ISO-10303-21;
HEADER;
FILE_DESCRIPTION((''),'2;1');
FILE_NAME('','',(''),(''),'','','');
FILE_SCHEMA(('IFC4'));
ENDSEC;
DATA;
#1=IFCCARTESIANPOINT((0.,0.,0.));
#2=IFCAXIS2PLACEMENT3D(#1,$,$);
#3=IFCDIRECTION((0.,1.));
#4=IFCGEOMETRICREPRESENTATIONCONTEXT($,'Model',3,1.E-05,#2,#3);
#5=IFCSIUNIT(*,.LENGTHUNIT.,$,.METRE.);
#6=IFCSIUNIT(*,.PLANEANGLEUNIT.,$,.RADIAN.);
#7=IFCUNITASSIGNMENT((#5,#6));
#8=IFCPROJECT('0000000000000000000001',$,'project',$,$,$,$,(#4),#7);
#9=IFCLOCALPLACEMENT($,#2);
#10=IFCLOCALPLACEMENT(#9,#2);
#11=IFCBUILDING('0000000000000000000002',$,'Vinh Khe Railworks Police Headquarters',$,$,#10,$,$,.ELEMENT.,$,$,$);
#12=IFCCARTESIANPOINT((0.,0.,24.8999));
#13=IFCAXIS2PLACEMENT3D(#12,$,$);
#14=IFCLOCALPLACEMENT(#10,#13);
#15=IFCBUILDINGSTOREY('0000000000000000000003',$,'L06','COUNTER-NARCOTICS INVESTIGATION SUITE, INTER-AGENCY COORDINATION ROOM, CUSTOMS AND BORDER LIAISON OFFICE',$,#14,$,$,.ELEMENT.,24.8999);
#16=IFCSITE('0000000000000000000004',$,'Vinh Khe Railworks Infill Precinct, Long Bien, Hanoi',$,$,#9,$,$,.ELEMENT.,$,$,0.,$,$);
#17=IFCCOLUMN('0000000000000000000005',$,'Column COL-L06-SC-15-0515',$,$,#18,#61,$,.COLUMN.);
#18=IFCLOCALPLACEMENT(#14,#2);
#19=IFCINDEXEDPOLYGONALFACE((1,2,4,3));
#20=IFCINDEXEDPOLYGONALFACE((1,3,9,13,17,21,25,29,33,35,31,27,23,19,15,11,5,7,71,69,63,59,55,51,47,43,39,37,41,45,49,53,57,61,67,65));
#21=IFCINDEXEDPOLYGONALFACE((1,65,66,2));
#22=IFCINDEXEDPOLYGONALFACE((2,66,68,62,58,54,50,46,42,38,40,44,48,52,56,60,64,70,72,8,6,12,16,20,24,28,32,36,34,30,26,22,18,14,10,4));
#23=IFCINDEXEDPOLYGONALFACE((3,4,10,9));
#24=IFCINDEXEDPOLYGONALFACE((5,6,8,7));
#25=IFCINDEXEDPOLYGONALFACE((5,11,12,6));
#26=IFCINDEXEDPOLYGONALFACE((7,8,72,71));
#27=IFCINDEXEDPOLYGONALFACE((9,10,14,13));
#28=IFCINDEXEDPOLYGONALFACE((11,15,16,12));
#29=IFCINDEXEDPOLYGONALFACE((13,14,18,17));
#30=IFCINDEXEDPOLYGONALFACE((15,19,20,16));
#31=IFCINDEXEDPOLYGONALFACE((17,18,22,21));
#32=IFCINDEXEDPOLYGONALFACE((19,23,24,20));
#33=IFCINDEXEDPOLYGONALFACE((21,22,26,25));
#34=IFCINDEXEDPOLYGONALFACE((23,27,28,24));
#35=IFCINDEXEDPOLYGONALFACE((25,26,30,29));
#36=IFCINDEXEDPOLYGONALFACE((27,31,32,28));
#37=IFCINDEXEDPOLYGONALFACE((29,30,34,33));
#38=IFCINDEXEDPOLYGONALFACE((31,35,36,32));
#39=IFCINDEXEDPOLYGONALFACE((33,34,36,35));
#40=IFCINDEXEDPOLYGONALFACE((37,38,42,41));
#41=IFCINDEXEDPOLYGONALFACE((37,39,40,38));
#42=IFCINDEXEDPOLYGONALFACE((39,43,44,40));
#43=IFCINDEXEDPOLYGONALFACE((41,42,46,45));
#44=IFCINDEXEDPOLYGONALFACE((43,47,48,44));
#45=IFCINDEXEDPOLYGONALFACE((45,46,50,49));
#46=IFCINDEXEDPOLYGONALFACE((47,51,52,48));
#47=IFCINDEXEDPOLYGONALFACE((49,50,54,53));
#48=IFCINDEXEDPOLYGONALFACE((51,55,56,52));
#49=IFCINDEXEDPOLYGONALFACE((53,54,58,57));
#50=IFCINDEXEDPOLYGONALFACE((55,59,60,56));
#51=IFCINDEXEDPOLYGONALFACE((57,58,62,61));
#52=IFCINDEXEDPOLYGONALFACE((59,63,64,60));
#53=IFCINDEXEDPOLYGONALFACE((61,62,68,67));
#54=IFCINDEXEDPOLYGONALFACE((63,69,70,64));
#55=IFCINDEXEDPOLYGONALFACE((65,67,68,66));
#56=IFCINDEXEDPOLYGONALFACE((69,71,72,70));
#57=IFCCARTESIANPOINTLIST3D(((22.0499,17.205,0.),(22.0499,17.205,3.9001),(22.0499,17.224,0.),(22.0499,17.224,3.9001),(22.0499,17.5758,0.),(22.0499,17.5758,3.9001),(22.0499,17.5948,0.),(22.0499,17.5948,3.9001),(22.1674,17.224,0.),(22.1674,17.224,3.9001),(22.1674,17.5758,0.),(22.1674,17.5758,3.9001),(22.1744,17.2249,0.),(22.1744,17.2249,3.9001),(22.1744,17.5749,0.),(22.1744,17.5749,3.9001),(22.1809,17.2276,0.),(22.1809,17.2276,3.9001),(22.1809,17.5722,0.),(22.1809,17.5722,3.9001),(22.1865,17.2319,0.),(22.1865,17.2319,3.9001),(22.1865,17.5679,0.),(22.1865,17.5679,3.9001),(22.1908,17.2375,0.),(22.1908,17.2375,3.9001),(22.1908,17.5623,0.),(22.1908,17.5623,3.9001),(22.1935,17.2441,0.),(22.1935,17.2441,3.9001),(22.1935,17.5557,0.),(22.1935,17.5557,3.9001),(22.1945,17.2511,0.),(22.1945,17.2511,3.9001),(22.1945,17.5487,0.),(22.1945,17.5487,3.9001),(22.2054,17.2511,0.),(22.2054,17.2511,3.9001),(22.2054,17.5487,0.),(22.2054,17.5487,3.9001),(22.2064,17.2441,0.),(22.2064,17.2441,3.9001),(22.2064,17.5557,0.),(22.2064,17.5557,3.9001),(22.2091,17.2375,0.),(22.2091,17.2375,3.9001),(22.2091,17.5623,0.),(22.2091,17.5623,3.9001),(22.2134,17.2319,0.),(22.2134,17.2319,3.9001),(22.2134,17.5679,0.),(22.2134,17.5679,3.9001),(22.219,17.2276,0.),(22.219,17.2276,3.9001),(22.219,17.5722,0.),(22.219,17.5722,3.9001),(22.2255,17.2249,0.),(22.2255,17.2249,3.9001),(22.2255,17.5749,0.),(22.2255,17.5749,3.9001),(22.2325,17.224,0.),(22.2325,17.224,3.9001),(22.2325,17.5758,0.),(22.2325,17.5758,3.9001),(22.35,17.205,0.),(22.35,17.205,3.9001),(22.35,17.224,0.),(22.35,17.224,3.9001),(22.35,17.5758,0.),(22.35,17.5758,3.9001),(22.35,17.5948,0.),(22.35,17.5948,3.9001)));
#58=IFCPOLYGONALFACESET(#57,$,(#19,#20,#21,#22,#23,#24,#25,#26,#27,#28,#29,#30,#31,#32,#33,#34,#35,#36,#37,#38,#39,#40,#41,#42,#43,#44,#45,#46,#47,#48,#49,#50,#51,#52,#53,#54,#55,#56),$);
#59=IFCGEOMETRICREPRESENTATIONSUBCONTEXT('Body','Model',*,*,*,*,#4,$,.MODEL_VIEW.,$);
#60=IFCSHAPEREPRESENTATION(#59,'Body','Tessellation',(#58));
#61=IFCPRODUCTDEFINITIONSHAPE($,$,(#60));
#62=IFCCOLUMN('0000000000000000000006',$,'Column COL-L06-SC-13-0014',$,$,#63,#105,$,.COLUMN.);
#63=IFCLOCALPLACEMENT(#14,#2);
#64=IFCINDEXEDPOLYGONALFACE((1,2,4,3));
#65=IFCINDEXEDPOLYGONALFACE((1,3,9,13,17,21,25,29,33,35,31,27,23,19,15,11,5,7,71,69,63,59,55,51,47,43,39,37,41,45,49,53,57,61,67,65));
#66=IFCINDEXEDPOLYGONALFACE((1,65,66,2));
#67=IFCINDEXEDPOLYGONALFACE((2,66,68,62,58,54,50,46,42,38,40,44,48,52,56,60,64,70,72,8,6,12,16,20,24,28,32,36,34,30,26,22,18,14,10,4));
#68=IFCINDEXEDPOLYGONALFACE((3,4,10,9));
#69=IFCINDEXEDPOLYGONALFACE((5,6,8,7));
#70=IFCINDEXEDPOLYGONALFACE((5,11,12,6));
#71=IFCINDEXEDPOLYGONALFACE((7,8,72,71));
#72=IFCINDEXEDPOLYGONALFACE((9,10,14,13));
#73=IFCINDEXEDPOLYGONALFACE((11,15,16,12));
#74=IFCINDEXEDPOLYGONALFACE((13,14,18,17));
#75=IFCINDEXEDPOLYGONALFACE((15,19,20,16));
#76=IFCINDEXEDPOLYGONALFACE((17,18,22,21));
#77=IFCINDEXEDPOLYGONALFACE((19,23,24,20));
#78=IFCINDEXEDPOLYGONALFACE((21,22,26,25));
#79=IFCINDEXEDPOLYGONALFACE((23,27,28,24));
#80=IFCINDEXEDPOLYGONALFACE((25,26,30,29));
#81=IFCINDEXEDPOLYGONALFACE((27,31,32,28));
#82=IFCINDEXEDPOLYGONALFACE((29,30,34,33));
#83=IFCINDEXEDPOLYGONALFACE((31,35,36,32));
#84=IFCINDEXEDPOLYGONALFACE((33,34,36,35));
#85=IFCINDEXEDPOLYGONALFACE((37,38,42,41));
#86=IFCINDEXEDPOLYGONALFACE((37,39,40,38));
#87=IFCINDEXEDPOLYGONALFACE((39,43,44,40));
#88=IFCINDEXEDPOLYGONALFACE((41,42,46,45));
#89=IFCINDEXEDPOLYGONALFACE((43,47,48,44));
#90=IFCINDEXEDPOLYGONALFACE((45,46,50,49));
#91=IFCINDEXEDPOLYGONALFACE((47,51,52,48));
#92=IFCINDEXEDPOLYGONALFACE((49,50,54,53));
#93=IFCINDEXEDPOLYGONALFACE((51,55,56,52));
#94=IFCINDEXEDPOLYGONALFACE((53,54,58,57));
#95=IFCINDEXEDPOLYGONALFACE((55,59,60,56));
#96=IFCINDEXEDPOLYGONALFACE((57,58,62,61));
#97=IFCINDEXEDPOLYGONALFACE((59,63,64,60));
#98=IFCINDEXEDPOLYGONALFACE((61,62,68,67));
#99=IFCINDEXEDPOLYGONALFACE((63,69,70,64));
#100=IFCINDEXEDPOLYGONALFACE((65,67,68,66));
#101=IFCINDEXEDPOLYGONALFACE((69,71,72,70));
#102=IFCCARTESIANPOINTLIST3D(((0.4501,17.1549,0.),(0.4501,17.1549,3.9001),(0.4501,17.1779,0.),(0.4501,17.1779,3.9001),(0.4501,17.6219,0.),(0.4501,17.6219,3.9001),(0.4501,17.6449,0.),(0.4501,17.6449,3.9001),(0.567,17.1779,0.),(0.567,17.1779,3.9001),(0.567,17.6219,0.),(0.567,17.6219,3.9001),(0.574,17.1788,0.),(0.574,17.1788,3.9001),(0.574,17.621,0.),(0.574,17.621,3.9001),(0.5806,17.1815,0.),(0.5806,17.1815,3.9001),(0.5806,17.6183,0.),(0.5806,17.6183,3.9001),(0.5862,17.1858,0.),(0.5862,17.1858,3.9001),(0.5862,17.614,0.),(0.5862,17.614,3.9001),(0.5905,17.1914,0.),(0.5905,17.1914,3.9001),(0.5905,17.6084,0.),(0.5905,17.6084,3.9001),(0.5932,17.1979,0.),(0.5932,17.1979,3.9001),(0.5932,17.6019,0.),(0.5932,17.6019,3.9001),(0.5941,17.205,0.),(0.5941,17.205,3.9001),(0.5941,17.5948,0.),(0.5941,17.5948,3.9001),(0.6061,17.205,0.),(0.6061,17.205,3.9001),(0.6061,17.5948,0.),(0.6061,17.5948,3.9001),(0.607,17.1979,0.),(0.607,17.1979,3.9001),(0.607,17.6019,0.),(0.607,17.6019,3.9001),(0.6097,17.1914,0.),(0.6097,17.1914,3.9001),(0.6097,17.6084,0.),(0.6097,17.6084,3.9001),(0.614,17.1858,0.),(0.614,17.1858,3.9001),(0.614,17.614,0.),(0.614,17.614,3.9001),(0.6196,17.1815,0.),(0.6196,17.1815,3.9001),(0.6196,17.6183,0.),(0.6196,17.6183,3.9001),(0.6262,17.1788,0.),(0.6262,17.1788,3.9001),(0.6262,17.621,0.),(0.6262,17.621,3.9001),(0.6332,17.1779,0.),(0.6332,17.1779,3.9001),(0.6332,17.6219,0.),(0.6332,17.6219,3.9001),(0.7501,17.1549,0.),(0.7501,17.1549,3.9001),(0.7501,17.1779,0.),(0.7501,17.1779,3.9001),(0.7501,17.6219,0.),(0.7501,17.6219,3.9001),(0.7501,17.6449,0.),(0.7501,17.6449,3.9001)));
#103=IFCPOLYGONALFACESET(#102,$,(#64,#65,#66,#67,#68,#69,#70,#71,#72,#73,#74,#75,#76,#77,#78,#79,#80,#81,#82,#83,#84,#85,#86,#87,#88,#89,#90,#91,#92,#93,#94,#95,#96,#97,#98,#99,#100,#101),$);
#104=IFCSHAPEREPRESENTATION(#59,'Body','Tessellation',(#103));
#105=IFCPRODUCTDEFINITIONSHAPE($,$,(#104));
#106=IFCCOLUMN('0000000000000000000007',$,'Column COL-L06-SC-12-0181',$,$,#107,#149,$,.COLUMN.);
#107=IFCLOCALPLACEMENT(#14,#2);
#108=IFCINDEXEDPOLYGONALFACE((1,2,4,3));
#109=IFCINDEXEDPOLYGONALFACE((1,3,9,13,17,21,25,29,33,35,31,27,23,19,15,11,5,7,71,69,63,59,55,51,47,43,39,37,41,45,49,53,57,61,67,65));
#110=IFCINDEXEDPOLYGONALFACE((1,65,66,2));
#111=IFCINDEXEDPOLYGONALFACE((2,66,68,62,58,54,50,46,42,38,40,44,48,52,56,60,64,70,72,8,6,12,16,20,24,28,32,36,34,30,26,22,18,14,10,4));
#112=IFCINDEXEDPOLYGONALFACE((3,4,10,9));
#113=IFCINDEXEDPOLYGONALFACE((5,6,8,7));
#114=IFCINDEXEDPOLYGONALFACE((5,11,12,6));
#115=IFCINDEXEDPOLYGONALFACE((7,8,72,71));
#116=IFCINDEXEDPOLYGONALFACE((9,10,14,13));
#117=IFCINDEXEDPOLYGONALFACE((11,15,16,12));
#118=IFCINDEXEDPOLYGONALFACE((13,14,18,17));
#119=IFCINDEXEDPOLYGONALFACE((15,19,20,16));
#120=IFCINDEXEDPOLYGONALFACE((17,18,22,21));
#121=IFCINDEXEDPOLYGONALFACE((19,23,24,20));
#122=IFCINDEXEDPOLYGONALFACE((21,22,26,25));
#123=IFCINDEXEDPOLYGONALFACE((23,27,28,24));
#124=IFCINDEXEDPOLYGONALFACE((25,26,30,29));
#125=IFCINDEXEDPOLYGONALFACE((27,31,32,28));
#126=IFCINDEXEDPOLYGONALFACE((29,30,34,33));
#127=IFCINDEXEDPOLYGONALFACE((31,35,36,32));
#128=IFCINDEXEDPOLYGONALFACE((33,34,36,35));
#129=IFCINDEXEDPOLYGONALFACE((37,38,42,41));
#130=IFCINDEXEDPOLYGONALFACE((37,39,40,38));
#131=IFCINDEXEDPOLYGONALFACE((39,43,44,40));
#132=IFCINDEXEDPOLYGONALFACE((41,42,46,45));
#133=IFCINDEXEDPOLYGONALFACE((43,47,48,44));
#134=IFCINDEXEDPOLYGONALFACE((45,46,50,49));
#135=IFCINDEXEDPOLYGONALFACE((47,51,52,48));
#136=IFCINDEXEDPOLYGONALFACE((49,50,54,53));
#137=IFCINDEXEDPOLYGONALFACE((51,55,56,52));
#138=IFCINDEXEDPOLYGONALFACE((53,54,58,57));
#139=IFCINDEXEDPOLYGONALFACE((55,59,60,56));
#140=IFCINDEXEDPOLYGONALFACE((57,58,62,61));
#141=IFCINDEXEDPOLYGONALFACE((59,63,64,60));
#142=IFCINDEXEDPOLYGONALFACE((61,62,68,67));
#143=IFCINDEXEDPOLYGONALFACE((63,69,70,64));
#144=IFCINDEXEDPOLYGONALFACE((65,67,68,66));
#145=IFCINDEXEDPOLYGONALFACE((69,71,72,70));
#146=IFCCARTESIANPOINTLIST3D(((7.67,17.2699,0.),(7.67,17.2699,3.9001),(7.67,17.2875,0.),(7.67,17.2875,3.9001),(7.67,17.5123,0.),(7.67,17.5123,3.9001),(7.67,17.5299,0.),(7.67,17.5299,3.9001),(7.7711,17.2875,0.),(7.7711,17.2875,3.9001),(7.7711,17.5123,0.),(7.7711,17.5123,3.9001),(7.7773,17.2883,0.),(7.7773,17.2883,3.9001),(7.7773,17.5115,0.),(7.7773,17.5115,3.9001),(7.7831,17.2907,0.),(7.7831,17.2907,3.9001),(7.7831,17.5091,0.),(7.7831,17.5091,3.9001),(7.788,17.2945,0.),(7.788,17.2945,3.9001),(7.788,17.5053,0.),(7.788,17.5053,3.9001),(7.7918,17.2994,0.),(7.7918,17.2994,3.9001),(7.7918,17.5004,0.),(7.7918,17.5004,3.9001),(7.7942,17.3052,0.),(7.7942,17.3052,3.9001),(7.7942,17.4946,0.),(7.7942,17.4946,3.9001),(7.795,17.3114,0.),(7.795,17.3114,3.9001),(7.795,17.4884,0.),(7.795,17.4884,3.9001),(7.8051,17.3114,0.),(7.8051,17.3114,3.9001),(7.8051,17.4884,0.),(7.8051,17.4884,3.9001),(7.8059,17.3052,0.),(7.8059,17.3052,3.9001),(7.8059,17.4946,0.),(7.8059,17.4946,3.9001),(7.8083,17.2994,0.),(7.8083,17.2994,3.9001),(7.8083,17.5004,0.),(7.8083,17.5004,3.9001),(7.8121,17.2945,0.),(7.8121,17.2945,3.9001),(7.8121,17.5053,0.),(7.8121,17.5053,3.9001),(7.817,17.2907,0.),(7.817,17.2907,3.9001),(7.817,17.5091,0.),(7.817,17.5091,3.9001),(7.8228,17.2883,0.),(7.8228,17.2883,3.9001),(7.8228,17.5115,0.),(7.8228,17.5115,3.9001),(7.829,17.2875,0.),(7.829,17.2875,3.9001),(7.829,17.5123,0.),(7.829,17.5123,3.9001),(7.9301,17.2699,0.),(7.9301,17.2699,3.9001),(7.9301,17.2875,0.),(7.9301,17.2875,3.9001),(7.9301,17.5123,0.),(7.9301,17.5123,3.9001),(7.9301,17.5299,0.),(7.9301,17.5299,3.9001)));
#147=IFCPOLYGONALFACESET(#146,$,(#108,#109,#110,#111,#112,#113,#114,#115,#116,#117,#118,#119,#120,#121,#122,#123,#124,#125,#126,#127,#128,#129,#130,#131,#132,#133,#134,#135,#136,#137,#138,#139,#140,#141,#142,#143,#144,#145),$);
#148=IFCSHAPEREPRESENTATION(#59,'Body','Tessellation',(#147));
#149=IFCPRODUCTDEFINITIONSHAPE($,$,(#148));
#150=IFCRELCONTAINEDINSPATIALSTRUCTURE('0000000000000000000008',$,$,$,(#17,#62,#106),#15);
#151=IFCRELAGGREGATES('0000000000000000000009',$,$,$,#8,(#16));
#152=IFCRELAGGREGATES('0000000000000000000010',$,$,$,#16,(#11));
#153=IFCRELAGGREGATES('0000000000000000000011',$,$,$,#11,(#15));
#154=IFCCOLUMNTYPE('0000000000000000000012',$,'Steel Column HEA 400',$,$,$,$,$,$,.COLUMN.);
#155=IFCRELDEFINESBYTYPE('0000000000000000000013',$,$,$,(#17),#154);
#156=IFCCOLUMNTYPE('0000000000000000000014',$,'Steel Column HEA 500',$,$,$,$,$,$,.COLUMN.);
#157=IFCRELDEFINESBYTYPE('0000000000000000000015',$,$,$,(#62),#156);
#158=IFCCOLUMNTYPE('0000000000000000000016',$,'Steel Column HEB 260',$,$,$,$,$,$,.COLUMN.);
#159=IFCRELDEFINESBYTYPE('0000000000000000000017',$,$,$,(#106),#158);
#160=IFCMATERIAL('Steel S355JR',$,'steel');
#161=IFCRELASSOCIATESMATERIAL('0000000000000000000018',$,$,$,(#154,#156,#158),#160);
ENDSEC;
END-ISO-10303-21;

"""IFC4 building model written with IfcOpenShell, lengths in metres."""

from ifc_helpers import new_model, si_unit, direction, frame, origin, origin_2d, place, context, subcontext, project, spatial, i_section, extrude, material, material_profile, profile_set, type_object, element, save


model = new_model("IFC4")

# Units and contexts
model_context = context("Model", 3, precision=1e-05, world=origin(), true_north=direction((0.0, 1.0)))
body_context = subcontext(model_context, "Body", "Model", "MODEL_VIEW")
ifc_project = project(units=[si_unit("LENGTHUNIT", "METRE"), si_unit("PLANEANGLEUNIT", "RADIAN")], contexts=[model_context])

# Site, building, storey
site_placement = place(None, origin())
site = spatial("IfcSite", under=ifc_project, at=site_placement, Name="Vinh Khe Railworks Infill Precinct, Long Bien, Hanoi", CompositionType="ELEMENT", RefElevation=0.0)
building_placement = place(site_placement, origin())
building = spatial("IfcBuilding", under=site, at=building_placement, Name="Vinh Khe Railworks Police Headquarters", CompositionType="ELEMENT")
storey_placement = place(building_placement, frame((0.0, 0.0, 24.8999)))
storey = spatial("IfcBuildingStorey", under=building, at=storey_placement, Name="L06", Description="COUNTER-NARCOTICS INVESTIGATION SUITE, INTER-AGENCY COORDINATION ROOM, CUSTOMS AND BORDER LIAISON OFFICE", CompositionType="ELEMENT", Elevation=24.8999)

# Columns
ifc_material_1 = material(Name="Steel S355JR", Category="steel")
ifc_material_profile_1 = material_profile(ifc_material_1, i_section(OverallWidth=0.3, OverallDepth=0.3899, WebThickness=0.011, FlangeThickness=0.019, FilletRadius=0.0271, at=origin_2d()), Name="HEA 400")
ifc_profile_set_1 = profile_set([ifc_material_profile_1], Name="Steel S355JR")
column_type_1 = type_object("IfcColumnType", Name="Steel Column HEA 400", PredefinedType="COLUMN", material=ifc_profile_set_1)
column_1_placement = place(storey_placement, frame((22.2, 17.3999, 0.0), z_axis=(0.0, 0.0, 1.0), x_axis=(1.0, 0.0, 0.0)))
element("IfcColumn", 1, at=column_1_placement, inside=storey, type_object=column_type_1, Name="Column COL-L06-SC-15-0515", PredefinedType="COLUMN", context=body_context, shape_type="SweptSolid", body=[
    extrude(i_section(OverallWidth=0.3, OverallDepth=0.3899, WebThickness=0.011, FlangeThickness=0.019, FilletRadius=0.0271, at=origin_2d()), origin(), (0.0, 0.0, 1.0), 3.9001),
])
ifc_material_profile_2 = material_profile(ifc_material_1, i_section(OverallWidth=0.3, OverallDepth=0.49, WebThickness=0.012, FlangeThickness=0.0229, FilletRadius=0.0271, at=origin_2d()), Name="HEA 500")
ifc_profile_set_2 = profile_set([ifc_material_profile_2], Name="Steel S355JR")
column_type_2 = type_object("IfcColumnType", Name="Steel Column HEA 500", PredefinedType="COLUMN", material=ifc_profile_set_2)
column_2_placement = place(storey_placement, frame((0.6001, 17.3999, 0.0), z_axis=(0.0, 0.0, 1.0), x_axis=(1.0, 0.0, 0.0)))
element("IfcColumn", 2, at=column_2_placement, inside=storey, type_object=column_type_2, Name="Column COL-L06-SC-13-0014", PredefinedType="COLUMN", context=body_context, shape_type="SweptSolid", body=[
    extrude(i_section(OverallWidth=0.3, OverallDepth=0.49, WebThickness=0.012, FlangeThickness=0.0229, FilletRadius=0.0271, at=origin_2d()), origin(), (0.0, 0.0, 1.0), 3.9001),
])
ifc_material_profile_3 = material_profile(ifc_material_1, i_section(OverallWidth=0.26, OverallDepth=0.26, WebThickness=0.01, FlangeThickness=0.0176, FilletRadius=0.0239, at=origin_2d()), Name="HEB 260")
ifc_profile_set_3 = profile_set([ifc_material_profile_3], Name="Steel S355JR")
column_type_3 = type_object("IfcColumnType", Name="Steel Column HEB 260", PredefinedType="COLUMN", material=ifc_profile_set_3)
column_3_placement = place(storey_placement, frame((7.8, 17.3999, 0.0), z_axis=(0.0, 0.0, 1.0), x_axis=(1.0, 0.0, 0.0)))
element("IfcColumn", 3, at=column_3_placement, inside=storey, type_object=column_type_3, Name="Column COL-L06-SC-12-0181", PredefinedType="COLUMN", context=body_context, shape_type="SweptSolid", body=[
    extrude(i_section(OverallWidth=0.26, OverallDepth=0.26, WebThickness=0.01, FlangeThickness=0.0176, FilletRadius=0.0239, at=origin_2d()), origin(), (0.0, 0.0, 1.0), 3.9001),
])

save(model, "model.ifc")
